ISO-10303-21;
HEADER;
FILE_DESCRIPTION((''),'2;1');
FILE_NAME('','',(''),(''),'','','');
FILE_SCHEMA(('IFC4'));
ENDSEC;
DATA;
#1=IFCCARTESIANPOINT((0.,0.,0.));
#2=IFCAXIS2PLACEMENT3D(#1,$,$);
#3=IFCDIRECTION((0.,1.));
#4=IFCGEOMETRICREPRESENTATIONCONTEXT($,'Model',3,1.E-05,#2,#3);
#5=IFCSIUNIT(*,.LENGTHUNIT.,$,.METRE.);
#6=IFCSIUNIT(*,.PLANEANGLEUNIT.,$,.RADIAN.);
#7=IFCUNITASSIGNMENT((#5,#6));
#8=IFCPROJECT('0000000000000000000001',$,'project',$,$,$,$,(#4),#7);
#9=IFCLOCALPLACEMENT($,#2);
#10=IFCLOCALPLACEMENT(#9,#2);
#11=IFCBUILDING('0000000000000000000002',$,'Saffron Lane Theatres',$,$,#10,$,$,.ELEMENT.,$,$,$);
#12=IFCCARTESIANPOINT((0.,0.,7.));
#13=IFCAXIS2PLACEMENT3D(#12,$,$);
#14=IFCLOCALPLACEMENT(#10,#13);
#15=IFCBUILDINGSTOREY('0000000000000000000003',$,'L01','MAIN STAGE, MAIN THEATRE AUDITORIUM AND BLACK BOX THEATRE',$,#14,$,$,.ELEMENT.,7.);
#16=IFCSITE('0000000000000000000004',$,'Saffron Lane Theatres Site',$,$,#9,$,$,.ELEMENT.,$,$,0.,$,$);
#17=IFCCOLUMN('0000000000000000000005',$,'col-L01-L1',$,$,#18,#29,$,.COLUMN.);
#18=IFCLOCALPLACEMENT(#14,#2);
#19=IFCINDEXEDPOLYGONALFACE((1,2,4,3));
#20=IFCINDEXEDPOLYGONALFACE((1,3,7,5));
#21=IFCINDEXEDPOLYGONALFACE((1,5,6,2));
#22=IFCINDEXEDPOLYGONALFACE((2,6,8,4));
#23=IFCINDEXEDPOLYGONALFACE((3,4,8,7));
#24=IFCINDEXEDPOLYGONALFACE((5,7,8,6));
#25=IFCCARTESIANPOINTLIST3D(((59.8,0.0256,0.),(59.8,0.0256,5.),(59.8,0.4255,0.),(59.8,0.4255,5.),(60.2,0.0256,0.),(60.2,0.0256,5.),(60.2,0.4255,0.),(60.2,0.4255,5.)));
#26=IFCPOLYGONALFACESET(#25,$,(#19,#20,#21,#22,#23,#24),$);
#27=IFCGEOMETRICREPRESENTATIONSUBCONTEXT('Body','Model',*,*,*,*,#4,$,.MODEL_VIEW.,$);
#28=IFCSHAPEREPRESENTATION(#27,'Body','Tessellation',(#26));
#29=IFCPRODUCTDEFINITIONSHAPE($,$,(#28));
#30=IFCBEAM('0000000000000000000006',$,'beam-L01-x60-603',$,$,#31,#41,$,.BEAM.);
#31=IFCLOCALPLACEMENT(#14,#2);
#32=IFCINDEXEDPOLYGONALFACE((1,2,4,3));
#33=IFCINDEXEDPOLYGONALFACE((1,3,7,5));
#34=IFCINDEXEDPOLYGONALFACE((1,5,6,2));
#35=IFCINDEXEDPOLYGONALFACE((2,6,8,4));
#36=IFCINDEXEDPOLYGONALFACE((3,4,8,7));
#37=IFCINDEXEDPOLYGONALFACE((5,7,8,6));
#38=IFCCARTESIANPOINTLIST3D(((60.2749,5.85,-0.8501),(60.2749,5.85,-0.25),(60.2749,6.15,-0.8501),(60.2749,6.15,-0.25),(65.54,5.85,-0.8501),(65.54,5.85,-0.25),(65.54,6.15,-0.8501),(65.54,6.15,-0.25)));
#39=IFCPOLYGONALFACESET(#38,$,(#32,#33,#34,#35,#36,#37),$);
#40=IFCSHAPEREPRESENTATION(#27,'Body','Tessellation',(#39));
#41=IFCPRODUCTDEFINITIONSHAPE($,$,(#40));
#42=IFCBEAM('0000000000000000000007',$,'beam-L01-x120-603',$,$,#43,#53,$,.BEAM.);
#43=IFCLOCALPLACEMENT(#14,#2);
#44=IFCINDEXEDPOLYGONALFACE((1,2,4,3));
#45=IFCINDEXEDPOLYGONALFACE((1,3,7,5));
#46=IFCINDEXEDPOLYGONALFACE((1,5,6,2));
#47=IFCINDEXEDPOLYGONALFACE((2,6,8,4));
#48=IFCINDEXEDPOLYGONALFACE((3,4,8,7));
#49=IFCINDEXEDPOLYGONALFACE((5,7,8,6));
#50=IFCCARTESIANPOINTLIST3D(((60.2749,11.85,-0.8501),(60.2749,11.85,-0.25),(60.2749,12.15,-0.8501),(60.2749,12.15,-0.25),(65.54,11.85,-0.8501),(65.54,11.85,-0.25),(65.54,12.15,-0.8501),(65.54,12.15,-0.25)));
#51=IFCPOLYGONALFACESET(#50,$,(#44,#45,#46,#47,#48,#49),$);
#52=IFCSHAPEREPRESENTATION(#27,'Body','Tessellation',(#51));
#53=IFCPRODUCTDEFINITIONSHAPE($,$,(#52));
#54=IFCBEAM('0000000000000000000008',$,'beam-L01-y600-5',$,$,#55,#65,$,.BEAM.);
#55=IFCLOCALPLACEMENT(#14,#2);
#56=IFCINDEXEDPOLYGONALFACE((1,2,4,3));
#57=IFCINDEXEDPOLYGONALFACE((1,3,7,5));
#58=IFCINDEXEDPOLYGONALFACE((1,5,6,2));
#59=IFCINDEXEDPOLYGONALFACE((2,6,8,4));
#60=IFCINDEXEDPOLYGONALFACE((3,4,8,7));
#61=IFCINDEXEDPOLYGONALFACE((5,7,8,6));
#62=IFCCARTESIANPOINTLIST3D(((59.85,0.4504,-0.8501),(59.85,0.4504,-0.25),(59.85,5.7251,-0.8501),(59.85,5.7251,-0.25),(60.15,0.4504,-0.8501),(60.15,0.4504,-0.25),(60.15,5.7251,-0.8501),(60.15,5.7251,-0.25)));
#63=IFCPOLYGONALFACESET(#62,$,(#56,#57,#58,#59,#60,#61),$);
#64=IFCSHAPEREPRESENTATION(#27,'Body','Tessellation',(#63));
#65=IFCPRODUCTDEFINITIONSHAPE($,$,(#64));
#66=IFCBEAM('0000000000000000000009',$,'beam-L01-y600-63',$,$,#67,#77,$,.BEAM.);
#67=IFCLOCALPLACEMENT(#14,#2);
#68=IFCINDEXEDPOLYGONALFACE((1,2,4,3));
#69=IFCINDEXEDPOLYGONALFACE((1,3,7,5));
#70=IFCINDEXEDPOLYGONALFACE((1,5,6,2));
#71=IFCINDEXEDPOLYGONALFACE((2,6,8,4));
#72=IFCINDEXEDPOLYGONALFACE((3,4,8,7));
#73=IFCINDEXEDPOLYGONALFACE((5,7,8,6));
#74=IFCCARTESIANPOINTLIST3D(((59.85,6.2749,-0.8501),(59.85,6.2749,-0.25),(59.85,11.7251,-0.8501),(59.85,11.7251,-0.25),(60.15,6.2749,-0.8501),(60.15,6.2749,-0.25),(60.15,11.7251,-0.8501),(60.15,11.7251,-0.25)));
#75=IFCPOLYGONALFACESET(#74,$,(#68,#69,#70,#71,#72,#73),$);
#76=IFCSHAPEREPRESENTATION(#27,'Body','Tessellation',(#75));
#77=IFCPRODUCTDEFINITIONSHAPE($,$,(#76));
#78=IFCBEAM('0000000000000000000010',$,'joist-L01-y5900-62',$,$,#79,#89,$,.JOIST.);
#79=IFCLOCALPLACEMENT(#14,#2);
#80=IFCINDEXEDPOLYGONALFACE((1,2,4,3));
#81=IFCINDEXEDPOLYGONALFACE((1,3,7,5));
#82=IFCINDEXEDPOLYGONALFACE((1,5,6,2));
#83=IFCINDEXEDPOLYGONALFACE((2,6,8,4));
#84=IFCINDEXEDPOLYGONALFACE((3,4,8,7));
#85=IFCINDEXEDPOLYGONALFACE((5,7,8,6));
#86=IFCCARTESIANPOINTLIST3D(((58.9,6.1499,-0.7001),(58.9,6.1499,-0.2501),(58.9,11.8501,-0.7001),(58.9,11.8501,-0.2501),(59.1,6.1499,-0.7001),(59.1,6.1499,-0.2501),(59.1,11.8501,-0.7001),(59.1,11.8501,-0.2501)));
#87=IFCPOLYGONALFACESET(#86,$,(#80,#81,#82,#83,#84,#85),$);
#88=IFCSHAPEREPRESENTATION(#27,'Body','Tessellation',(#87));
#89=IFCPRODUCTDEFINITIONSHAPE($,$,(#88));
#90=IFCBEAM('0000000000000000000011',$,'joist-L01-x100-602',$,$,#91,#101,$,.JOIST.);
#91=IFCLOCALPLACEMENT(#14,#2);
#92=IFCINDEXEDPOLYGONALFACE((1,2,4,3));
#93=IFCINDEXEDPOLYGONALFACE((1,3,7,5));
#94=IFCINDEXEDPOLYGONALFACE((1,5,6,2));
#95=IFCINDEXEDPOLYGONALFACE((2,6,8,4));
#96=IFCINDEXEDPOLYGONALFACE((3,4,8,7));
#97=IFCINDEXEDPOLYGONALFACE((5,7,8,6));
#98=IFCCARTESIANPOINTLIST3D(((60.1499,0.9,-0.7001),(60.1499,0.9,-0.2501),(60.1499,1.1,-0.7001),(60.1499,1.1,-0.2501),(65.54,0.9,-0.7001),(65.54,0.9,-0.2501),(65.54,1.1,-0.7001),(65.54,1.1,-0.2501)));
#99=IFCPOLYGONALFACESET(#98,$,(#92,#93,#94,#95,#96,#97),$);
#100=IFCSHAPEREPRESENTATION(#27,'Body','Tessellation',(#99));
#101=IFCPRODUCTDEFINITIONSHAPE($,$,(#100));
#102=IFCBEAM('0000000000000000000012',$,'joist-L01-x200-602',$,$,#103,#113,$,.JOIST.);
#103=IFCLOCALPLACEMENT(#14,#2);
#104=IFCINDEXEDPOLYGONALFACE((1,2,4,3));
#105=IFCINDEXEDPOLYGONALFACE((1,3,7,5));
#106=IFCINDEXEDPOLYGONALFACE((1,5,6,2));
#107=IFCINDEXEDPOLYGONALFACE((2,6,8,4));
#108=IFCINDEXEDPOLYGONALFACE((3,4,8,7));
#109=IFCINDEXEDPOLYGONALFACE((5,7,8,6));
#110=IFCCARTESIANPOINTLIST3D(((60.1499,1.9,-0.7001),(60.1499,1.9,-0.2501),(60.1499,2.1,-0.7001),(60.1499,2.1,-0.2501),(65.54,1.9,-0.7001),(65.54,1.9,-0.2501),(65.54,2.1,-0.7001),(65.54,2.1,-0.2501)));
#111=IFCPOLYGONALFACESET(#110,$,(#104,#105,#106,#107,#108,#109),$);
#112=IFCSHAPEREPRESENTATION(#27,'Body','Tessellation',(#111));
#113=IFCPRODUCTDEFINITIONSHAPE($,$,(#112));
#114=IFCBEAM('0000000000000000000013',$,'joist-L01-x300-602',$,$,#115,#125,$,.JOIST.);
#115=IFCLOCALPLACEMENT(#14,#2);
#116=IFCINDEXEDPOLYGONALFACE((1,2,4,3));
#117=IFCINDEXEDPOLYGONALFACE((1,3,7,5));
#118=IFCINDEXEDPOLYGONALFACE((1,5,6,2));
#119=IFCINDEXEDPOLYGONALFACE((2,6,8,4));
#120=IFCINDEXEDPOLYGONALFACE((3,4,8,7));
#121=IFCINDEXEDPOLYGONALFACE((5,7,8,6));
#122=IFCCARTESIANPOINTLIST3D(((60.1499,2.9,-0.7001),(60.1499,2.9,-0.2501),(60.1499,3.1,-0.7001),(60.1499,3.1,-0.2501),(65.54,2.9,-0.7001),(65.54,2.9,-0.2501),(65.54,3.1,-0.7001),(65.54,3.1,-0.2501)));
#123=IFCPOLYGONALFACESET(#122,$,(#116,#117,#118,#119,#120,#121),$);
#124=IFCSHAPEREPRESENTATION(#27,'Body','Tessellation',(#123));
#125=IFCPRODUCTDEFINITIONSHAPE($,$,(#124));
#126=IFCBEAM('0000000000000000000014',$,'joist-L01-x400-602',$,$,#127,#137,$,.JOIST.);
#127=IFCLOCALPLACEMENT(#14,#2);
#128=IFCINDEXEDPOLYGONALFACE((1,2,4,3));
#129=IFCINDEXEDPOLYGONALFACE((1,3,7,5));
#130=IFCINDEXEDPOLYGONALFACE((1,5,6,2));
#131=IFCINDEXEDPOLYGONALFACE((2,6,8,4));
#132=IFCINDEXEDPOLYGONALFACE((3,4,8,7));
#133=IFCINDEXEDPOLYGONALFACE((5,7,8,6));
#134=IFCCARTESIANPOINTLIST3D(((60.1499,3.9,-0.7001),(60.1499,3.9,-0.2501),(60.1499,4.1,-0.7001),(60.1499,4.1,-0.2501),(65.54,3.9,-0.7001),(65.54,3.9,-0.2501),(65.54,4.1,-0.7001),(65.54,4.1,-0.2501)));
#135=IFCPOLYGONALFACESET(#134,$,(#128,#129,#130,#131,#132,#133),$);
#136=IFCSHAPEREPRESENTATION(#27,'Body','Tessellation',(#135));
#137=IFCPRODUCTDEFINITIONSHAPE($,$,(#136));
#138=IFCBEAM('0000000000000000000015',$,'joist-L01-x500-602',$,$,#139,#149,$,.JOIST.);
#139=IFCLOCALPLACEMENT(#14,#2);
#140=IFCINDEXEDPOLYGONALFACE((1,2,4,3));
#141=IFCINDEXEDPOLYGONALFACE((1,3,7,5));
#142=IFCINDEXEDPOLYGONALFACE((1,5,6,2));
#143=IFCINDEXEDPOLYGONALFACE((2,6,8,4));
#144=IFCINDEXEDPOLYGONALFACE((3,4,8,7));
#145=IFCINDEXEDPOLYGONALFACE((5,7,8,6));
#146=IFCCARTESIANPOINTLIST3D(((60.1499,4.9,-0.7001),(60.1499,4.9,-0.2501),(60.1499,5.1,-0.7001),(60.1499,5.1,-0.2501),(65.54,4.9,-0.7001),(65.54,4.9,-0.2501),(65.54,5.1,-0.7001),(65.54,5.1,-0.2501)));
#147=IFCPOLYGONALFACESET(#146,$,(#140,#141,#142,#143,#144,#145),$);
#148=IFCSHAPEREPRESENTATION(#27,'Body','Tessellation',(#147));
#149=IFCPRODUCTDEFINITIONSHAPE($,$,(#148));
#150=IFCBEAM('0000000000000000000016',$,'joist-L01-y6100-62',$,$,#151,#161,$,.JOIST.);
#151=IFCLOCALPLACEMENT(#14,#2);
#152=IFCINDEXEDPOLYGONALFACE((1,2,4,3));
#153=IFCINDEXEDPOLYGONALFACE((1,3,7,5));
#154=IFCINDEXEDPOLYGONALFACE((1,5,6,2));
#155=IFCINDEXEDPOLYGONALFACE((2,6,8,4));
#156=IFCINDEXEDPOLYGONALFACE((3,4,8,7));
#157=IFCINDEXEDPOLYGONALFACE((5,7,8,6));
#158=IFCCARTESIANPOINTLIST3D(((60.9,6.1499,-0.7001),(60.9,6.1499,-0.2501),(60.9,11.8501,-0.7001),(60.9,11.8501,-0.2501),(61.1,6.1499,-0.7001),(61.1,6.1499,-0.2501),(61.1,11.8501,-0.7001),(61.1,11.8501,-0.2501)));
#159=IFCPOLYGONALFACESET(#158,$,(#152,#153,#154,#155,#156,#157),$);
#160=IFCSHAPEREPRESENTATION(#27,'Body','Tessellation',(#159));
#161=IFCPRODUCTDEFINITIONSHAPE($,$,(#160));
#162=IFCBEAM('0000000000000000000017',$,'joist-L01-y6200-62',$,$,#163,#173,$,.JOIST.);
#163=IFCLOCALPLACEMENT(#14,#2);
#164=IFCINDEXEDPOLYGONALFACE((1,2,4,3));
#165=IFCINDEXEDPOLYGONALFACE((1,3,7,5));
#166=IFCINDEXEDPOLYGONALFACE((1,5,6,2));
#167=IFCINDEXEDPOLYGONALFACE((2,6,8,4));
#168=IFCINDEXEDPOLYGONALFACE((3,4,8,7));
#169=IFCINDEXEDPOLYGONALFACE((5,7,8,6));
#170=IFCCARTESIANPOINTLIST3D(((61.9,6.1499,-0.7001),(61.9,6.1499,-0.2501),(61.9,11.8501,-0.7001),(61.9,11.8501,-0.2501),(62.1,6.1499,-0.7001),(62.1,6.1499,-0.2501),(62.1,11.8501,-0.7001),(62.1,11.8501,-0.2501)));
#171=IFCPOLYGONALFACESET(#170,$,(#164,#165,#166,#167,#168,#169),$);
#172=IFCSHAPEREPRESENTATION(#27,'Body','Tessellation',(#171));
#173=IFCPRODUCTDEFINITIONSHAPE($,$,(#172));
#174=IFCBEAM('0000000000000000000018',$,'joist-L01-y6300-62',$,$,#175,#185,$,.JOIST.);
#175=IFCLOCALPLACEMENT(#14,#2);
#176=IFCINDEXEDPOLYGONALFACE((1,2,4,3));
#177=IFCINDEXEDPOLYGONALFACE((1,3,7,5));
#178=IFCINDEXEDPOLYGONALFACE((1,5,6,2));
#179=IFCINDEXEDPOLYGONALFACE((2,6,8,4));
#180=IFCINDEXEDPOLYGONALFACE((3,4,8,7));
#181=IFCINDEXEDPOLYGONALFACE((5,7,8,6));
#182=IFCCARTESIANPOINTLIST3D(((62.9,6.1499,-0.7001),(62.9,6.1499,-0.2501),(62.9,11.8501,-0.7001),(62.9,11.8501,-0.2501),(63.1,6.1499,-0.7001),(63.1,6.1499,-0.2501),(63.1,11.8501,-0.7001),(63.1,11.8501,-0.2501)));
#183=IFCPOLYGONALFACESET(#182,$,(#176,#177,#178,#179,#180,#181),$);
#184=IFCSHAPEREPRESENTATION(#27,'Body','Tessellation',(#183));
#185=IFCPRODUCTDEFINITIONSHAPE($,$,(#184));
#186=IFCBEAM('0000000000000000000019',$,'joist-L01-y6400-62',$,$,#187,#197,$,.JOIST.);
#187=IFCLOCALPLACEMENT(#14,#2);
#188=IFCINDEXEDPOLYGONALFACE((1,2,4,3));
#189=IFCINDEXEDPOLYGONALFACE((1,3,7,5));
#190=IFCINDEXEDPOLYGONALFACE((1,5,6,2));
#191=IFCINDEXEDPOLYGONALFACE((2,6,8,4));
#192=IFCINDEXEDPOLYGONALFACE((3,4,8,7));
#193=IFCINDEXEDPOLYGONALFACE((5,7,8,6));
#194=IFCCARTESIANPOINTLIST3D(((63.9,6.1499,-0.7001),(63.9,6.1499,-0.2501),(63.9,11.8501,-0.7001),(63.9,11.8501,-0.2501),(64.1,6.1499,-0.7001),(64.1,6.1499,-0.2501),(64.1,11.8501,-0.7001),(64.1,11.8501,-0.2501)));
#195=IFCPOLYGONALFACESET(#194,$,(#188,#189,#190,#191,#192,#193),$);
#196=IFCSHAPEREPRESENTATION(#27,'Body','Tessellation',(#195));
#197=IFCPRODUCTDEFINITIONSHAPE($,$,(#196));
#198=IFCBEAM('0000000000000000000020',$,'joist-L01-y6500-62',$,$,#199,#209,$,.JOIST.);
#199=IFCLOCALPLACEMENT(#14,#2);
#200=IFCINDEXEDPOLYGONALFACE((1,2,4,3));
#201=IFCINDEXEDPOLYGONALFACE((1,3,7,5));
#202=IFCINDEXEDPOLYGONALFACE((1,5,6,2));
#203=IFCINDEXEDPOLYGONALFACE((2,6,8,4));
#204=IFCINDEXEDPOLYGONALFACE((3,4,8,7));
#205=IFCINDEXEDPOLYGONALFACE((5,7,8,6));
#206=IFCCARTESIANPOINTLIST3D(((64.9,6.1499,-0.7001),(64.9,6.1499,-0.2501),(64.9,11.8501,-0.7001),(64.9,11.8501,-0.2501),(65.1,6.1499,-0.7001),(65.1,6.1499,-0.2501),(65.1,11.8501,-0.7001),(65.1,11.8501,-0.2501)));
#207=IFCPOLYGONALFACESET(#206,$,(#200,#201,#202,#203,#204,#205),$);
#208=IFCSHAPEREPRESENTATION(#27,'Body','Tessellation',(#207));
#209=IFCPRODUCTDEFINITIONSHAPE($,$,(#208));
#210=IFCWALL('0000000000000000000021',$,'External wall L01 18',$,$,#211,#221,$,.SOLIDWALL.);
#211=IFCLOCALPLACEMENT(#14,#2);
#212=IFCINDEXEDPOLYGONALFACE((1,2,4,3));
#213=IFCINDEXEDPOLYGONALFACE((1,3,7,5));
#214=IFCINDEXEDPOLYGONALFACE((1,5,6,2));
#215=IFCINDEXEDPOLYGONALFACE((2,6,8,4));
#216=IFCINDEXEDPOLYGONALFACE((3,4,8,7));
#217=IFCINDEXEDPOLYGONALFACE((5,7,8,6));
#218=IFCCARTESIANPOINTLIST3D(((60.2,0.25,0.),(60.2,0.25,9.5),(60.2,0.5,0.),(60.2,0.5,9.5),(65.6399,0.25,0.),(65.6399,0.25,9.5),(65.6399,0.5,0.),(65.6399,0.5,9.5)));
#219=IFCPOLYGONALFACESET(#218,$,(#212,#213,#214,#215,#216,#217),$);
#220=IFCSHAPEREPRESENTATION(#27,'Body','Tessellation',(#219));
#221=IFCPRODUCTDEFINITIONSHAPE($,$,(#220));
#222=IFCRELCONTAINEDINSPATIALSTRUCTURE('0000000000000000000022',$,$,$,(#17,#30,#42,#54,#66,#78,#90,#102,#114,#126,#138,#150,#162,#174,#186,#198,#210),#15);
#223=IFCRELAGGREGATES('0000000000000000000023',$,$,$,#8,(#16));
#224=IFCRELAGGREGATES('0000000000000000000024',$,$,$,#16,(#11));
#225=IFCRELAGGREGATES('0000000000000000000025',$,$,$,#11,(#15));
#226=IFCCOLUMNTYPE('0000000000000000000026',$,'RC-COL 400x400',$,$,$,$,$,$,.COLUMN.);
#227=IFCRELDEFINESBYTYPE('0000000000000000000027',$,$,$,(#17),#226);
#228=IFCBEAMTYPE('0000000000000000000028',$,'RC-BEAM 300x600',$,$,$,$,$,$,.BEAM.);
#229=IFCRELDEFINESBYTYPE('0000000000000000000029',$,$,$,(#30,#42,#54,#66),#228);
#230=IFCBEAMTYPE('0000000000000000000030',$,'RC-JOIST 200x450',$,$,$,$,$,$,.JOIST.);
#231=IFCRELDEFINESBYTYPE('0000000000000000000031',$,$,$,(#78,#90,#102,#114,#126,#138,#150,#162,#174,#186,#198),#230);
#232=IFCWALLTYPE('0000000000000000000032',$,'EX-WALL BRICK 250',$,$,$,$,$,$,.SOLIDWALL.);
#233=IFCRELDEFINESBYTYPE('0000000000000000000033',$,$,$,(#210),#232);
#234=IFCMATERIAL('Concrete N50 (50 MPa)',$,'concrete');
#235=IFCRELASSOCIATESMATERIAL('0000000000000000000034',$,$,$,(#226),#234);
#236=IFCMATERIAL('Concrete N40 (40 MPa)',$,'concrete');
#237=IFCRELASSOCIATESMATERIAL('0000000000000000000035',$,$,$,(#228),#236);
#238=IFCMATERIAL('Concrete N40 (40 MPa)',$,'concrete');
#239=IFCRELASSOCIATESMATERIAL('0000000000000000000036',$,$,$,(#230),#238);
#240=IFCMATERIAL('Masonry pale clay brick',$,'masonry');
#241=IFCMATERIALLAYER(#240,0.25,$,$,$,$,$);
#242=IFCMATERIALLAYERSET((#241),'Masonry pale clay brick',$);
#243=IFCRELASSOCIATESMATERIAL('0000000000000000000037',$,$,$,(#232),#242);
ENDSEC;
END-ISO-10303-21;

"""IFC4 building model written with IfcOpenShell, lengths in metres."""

from ifc_helpers import new_model, si_unit, direction, frame, frame_2d, origin, origin_2d, place, context, subcontext, project, spatial, rectangle, extrude, material, layer, layer_set, material_profile, profile_set, type_object, element, save


model = new_model("IFC4")

# Units and contexts
model_context = context("Model", 3, precision=1e-05, world=origin(), true_north=direction((0.0, 1.0)))
body_context = subcontext(model_context, "Body", "Model", "MODEL_VIEW")
ifc_project = project(units=[si_unit("LENGTHUNIT", "METRE"), si_unit("PLANEANGLEUNIT", "RADIAN")], contexts=[model_context])

# Site, building, storey
site_placement = place(None, origin())
site = spatial("IfcSite", under=ifc_project, at=site_placement, Name="Saffron Lane Theatres Site", CompositionType="ELEMENT", RefElevation=0.0)
building_placement = place(site_placement, origin())
building = spatial("IfcBuilding", under=site, at=building_placement, Name="Saffron Lane Theatres", CompositionType="ELEMENT")
storey_placement = place(building_placement, frame((0.0, 0.0, 7.0)))
storey = spatial("IfcBuildingStorey", under=building, at=storey_placement, Name="L01", Description="MAIN STAGE, MAIN THEATRE AUDITORIUM AND BLACK BOX THEATRE", CompositionType="ELEMENT", Elevation=7.0)

# Column
ifc_material_1 = material(Name="Concrete N50 (50 MPa)", Category="concrete")
ifc_material_profile_1 = material_profile(ifc_material_1, rectangle(XDim=0.3999, YDim=0.3999, at=origin_2d()))
ifc_profile_set_1 = profile_set([ifc_material_profile_1], Name="Concrete N50 (50 MPa)")
column_type = type_object("IfcColumnType", Name="RC-COL 400x400", PredefinedType="COLUMN", material=ifc_profile_set_1)
column_placement = place(storey_placement, frame((60.0, 0.2256, 0.0), z_axis=(0.0, 0.0, 1.0), x_axis=(1.0, 0.0, 0.0)))
element("IfcColumn", 1, at=column_placement, inside=storey, type_object=column_type, Name="col-L01-L1", PredefinedType="COLUMN", context=body_context, shape_type="SweptSolid", body=[
    extrude(rectangle(XDim=0.3999, YDim=0.3999, at=origin_2d()), origin(), (0.0, 0.0, 1.0), 5.0),
])

# Beams
ifc_material_2 = material(Name="Concrete N40 (40 MPa)", Category="concrete")
ifc_material_profile_2 = material_profile(ifc_material_2, rectangle(XDim=0.3, YDim=0.6001, at=origin_2d()))
ifc_profile_set_2 = profile_set([ifc_material_profile_2], Name="Concrete N40 (40 MPa)")
beam_type_1 = type_object("IfcBeamType", Name="RC-BEAM 300x600", PredefinedType="BEAM", material=ifc_profile_set_2)
for number, where, z_axis, x_axis, name in (
    (2, (60.2749, 6.0, -0.55), (1.0, 0.0, 0.0), (0.0, 1.0, 0.0), "beam-L01-x60-603"),
    (3, (60.2749, 12.0, -0.55), (1.0, 0.0, 0.0), (0.0, 1.0, 0.0), "beam-L01-x120-603"),
):
    element("IfcBeam", number, at=place(storey_placement, frame(where, z_axis=z_axis, x_axis=x_axis)), inside=storey, type_object=beam_type_1, Name=name, PredefinedType="BEAM", context=body_context, shape_type="SweptSolid", body=[
        extrude(rectangle(XDim=0.3, YDim=0.6001, at=origin_2d()), origin(), (0.0, 0.0, 1.0), 5.2651),
    ])
beam_1_placement = place(storey_placement, frame((60.0, 0.4504, -0.55), z_axis=(0.0, 1.0, 0.0), x_axis=(-1.0, 0.0, 0.0)))
element("IfcBeam", 4, at=beam_1_placement, inside=storey, type_object=beam_type_1, Name="beam-L01-y600-5", PredefinedType="BEAM", context=body_context, shape_type="SweptSolid", body=[
    extrude(rectangle(XDim=0.3, YDim=0.6001, at=origin_2d()), origin(), (0.0, 0.0, 1.0), 5.2747),
])
beam_2_placement = place(storey_placement, frame((60.0, 6.2749, -0.55), z_axis=(0.0, 1.0, 0.0), x_axis=(-1.0, 0.0, 0.0)))
element("IfcBeam", 5, at=beam_2_placement, inside=storey, type_object=beam_type_1, Name="beam-L01-y600-63", PredefinedType="BEAM", context=body_context, shape_type="SweptSolid", body=[
    extrude(rectangle(XDim=0.3, YDim=0.6001, at=origin_2d()), origin(), (0.0, 0.0, 1.0), 5.4502),
])
ifc_material_3 = material(Name="Concrete N40 (40 MPa)", Category="concrete")
ifc_material_profile_3 = material_profile(ifc_material_3, rectangle(XDim=0.2, YDim=0.45, at=origin_2d()))
ifc_profile_set_3 = profile_set([ifc_material_profile_3], Name="Concrete N40 (40 MPa)")
beam_type_2 = type_object("IfcBeamType", Name="RC-JOIST 200x450", PredefinedType="JOIST", material=ifc_profile_set_3)
beam_3_placement = place(storey_placement, frame((59.0, 6.1499, -0.4751), z_axis=(0.0, 1.0, 0.0), x_axis=(-1.0, 0.0, 0.0)))
element("IfcBeam", 6, at=beam_3_placement, inside=storey, type_object=beam_type_2, Name="joist-L01-y5900-62", PredefinedType="JOIST", context=body_context, shape_type="SweptSolid", body=[
    extrude(rectangle(XDim=0.2, YDim=0.45, at=origin_2d()), origin(), (0.0, 0.0, 1.0), 5.7002),
])
for number, where, z_axis, x_axis, name in (
    (7, (60.1499, 1.0, -0.4751), (1.0, 0.0, 0.0), (0.0, 1.0, 0.0), "joist-L01-x100-602"),
    (8, (60.1499, 2.0, -0.4751), (1.0, 0.0, 0.0), (0.0, 1.0, 0.0), "joist-L01-x200-602"),
    (9, (60.1499, 3.0, -0.4751), (1.0, 0.0, 0.0), (0.0, 1.0, 0.0), "joist-L01-x300-602"),
    (10, (60.1499, 4.0, -0.4751), (1.0, 0.0, 0.0), (0.0, 1.0, 0.0), "joist-L01-x400-602"),
    (11, (60.1499, 5.0, -0.4751), (1.0, 0.0, 0.0), (0.0, 1.0, 0.0), "joist-L01-x500-602"),
):
    element("IfcBeam", number, at=place(storey_placement, frame(where, z_axis=z_axis, x_axis=x_axis)), inside=storey, type_object=beam_type_2, Name=name, PredefinedType="JOIST", context=body_context, shape_type="SweptSolid", body=[
        extrude(rectangle(XDim=0.2, YDim=0.45, at=origin_2d()), origin(), (0.0, 0.0, 1.0), 5.3901),
    ])
for number, where, z_axis, x_axis, name in (
    (12, (61.0, 6.1499, -0.4751), (0.0, 1.0, 0.0), (-1.0, 0.0, 0.0), "joist-L01-y6100-62"),
    (13, (62.0, 6.1499, -0.4751), (0.0, 1.0, 0.0), (-1.0, 0.0, 0.0), "joist-L01-y6200-62"),
    (14, (63.0, 6.1499, -0.4751), (0.0, 1.0, 0.0), (-1.0, 0.0, 0.0), "joist-L01-y6300-62"),
    (15, (64.0, 6.1499, -0.4751), (0.0, 1.0, 0.0), (-1.0, 0.0, 0.0), "joist-L01-y6400-62"),
    (16, (65.0, 6.1499, -0.4751), (0.0, 1.0, 0.0), (-1.0, 0.0, 0.0), "joist-L01-y6500-62"),
):
    element("IfcBeam", number, at=place(storey_placement, frame(where, z_axis=z_axis, x_axis=x_axis)), inside=storey, type_object=beam_type_2, Name=name, PredefinedType="JOIST", context=body_context, shape_type="SweptSolid", body=[
        extrude(rectangle(XDim=0.2, YDim=0.45, at=origin_2d()), origin(), (0.0, 0.0, 1.0), 5.7002),
    ])

# Wall
ifc_material_4 = material(Name="Masonry pale clay brick", Category="masonry")
ifc_layer_1 = layer(ifc_material_4, 0.25)
ifc_layer_set_1 = layer_set([ifc_layer_1], Name="Masonry pale clay brick")
wall_type_1 = type_object("IfcWallType", Name="EX-WALL BRICK 250", PredefinedType="SOLIDWALL", material=ifc_layer_set_1)
wall_1_placement = place(storey_placement, frame((65.6399, 0.375, 0.0), z_axis=(0.0, 0.0, 1.0), x_axis=(-1.0, 0.0, 0.0)))
element("IfcWall", 17, at=wall_1_placement, inside=storey, type_object=wall_type_1, Name="External wall L01 18", PredefinedType="SOLIDWALL", context=body_context, shape_type="SweptSolid", body=[
    extrude(rectangle(XDim=5.4399, YDim=0.25, at=frame_2d((2.72, 0.0))), origin(), (0.0, 0.0, 1.0), 9.5),
])

save(model, "model.ifc")
